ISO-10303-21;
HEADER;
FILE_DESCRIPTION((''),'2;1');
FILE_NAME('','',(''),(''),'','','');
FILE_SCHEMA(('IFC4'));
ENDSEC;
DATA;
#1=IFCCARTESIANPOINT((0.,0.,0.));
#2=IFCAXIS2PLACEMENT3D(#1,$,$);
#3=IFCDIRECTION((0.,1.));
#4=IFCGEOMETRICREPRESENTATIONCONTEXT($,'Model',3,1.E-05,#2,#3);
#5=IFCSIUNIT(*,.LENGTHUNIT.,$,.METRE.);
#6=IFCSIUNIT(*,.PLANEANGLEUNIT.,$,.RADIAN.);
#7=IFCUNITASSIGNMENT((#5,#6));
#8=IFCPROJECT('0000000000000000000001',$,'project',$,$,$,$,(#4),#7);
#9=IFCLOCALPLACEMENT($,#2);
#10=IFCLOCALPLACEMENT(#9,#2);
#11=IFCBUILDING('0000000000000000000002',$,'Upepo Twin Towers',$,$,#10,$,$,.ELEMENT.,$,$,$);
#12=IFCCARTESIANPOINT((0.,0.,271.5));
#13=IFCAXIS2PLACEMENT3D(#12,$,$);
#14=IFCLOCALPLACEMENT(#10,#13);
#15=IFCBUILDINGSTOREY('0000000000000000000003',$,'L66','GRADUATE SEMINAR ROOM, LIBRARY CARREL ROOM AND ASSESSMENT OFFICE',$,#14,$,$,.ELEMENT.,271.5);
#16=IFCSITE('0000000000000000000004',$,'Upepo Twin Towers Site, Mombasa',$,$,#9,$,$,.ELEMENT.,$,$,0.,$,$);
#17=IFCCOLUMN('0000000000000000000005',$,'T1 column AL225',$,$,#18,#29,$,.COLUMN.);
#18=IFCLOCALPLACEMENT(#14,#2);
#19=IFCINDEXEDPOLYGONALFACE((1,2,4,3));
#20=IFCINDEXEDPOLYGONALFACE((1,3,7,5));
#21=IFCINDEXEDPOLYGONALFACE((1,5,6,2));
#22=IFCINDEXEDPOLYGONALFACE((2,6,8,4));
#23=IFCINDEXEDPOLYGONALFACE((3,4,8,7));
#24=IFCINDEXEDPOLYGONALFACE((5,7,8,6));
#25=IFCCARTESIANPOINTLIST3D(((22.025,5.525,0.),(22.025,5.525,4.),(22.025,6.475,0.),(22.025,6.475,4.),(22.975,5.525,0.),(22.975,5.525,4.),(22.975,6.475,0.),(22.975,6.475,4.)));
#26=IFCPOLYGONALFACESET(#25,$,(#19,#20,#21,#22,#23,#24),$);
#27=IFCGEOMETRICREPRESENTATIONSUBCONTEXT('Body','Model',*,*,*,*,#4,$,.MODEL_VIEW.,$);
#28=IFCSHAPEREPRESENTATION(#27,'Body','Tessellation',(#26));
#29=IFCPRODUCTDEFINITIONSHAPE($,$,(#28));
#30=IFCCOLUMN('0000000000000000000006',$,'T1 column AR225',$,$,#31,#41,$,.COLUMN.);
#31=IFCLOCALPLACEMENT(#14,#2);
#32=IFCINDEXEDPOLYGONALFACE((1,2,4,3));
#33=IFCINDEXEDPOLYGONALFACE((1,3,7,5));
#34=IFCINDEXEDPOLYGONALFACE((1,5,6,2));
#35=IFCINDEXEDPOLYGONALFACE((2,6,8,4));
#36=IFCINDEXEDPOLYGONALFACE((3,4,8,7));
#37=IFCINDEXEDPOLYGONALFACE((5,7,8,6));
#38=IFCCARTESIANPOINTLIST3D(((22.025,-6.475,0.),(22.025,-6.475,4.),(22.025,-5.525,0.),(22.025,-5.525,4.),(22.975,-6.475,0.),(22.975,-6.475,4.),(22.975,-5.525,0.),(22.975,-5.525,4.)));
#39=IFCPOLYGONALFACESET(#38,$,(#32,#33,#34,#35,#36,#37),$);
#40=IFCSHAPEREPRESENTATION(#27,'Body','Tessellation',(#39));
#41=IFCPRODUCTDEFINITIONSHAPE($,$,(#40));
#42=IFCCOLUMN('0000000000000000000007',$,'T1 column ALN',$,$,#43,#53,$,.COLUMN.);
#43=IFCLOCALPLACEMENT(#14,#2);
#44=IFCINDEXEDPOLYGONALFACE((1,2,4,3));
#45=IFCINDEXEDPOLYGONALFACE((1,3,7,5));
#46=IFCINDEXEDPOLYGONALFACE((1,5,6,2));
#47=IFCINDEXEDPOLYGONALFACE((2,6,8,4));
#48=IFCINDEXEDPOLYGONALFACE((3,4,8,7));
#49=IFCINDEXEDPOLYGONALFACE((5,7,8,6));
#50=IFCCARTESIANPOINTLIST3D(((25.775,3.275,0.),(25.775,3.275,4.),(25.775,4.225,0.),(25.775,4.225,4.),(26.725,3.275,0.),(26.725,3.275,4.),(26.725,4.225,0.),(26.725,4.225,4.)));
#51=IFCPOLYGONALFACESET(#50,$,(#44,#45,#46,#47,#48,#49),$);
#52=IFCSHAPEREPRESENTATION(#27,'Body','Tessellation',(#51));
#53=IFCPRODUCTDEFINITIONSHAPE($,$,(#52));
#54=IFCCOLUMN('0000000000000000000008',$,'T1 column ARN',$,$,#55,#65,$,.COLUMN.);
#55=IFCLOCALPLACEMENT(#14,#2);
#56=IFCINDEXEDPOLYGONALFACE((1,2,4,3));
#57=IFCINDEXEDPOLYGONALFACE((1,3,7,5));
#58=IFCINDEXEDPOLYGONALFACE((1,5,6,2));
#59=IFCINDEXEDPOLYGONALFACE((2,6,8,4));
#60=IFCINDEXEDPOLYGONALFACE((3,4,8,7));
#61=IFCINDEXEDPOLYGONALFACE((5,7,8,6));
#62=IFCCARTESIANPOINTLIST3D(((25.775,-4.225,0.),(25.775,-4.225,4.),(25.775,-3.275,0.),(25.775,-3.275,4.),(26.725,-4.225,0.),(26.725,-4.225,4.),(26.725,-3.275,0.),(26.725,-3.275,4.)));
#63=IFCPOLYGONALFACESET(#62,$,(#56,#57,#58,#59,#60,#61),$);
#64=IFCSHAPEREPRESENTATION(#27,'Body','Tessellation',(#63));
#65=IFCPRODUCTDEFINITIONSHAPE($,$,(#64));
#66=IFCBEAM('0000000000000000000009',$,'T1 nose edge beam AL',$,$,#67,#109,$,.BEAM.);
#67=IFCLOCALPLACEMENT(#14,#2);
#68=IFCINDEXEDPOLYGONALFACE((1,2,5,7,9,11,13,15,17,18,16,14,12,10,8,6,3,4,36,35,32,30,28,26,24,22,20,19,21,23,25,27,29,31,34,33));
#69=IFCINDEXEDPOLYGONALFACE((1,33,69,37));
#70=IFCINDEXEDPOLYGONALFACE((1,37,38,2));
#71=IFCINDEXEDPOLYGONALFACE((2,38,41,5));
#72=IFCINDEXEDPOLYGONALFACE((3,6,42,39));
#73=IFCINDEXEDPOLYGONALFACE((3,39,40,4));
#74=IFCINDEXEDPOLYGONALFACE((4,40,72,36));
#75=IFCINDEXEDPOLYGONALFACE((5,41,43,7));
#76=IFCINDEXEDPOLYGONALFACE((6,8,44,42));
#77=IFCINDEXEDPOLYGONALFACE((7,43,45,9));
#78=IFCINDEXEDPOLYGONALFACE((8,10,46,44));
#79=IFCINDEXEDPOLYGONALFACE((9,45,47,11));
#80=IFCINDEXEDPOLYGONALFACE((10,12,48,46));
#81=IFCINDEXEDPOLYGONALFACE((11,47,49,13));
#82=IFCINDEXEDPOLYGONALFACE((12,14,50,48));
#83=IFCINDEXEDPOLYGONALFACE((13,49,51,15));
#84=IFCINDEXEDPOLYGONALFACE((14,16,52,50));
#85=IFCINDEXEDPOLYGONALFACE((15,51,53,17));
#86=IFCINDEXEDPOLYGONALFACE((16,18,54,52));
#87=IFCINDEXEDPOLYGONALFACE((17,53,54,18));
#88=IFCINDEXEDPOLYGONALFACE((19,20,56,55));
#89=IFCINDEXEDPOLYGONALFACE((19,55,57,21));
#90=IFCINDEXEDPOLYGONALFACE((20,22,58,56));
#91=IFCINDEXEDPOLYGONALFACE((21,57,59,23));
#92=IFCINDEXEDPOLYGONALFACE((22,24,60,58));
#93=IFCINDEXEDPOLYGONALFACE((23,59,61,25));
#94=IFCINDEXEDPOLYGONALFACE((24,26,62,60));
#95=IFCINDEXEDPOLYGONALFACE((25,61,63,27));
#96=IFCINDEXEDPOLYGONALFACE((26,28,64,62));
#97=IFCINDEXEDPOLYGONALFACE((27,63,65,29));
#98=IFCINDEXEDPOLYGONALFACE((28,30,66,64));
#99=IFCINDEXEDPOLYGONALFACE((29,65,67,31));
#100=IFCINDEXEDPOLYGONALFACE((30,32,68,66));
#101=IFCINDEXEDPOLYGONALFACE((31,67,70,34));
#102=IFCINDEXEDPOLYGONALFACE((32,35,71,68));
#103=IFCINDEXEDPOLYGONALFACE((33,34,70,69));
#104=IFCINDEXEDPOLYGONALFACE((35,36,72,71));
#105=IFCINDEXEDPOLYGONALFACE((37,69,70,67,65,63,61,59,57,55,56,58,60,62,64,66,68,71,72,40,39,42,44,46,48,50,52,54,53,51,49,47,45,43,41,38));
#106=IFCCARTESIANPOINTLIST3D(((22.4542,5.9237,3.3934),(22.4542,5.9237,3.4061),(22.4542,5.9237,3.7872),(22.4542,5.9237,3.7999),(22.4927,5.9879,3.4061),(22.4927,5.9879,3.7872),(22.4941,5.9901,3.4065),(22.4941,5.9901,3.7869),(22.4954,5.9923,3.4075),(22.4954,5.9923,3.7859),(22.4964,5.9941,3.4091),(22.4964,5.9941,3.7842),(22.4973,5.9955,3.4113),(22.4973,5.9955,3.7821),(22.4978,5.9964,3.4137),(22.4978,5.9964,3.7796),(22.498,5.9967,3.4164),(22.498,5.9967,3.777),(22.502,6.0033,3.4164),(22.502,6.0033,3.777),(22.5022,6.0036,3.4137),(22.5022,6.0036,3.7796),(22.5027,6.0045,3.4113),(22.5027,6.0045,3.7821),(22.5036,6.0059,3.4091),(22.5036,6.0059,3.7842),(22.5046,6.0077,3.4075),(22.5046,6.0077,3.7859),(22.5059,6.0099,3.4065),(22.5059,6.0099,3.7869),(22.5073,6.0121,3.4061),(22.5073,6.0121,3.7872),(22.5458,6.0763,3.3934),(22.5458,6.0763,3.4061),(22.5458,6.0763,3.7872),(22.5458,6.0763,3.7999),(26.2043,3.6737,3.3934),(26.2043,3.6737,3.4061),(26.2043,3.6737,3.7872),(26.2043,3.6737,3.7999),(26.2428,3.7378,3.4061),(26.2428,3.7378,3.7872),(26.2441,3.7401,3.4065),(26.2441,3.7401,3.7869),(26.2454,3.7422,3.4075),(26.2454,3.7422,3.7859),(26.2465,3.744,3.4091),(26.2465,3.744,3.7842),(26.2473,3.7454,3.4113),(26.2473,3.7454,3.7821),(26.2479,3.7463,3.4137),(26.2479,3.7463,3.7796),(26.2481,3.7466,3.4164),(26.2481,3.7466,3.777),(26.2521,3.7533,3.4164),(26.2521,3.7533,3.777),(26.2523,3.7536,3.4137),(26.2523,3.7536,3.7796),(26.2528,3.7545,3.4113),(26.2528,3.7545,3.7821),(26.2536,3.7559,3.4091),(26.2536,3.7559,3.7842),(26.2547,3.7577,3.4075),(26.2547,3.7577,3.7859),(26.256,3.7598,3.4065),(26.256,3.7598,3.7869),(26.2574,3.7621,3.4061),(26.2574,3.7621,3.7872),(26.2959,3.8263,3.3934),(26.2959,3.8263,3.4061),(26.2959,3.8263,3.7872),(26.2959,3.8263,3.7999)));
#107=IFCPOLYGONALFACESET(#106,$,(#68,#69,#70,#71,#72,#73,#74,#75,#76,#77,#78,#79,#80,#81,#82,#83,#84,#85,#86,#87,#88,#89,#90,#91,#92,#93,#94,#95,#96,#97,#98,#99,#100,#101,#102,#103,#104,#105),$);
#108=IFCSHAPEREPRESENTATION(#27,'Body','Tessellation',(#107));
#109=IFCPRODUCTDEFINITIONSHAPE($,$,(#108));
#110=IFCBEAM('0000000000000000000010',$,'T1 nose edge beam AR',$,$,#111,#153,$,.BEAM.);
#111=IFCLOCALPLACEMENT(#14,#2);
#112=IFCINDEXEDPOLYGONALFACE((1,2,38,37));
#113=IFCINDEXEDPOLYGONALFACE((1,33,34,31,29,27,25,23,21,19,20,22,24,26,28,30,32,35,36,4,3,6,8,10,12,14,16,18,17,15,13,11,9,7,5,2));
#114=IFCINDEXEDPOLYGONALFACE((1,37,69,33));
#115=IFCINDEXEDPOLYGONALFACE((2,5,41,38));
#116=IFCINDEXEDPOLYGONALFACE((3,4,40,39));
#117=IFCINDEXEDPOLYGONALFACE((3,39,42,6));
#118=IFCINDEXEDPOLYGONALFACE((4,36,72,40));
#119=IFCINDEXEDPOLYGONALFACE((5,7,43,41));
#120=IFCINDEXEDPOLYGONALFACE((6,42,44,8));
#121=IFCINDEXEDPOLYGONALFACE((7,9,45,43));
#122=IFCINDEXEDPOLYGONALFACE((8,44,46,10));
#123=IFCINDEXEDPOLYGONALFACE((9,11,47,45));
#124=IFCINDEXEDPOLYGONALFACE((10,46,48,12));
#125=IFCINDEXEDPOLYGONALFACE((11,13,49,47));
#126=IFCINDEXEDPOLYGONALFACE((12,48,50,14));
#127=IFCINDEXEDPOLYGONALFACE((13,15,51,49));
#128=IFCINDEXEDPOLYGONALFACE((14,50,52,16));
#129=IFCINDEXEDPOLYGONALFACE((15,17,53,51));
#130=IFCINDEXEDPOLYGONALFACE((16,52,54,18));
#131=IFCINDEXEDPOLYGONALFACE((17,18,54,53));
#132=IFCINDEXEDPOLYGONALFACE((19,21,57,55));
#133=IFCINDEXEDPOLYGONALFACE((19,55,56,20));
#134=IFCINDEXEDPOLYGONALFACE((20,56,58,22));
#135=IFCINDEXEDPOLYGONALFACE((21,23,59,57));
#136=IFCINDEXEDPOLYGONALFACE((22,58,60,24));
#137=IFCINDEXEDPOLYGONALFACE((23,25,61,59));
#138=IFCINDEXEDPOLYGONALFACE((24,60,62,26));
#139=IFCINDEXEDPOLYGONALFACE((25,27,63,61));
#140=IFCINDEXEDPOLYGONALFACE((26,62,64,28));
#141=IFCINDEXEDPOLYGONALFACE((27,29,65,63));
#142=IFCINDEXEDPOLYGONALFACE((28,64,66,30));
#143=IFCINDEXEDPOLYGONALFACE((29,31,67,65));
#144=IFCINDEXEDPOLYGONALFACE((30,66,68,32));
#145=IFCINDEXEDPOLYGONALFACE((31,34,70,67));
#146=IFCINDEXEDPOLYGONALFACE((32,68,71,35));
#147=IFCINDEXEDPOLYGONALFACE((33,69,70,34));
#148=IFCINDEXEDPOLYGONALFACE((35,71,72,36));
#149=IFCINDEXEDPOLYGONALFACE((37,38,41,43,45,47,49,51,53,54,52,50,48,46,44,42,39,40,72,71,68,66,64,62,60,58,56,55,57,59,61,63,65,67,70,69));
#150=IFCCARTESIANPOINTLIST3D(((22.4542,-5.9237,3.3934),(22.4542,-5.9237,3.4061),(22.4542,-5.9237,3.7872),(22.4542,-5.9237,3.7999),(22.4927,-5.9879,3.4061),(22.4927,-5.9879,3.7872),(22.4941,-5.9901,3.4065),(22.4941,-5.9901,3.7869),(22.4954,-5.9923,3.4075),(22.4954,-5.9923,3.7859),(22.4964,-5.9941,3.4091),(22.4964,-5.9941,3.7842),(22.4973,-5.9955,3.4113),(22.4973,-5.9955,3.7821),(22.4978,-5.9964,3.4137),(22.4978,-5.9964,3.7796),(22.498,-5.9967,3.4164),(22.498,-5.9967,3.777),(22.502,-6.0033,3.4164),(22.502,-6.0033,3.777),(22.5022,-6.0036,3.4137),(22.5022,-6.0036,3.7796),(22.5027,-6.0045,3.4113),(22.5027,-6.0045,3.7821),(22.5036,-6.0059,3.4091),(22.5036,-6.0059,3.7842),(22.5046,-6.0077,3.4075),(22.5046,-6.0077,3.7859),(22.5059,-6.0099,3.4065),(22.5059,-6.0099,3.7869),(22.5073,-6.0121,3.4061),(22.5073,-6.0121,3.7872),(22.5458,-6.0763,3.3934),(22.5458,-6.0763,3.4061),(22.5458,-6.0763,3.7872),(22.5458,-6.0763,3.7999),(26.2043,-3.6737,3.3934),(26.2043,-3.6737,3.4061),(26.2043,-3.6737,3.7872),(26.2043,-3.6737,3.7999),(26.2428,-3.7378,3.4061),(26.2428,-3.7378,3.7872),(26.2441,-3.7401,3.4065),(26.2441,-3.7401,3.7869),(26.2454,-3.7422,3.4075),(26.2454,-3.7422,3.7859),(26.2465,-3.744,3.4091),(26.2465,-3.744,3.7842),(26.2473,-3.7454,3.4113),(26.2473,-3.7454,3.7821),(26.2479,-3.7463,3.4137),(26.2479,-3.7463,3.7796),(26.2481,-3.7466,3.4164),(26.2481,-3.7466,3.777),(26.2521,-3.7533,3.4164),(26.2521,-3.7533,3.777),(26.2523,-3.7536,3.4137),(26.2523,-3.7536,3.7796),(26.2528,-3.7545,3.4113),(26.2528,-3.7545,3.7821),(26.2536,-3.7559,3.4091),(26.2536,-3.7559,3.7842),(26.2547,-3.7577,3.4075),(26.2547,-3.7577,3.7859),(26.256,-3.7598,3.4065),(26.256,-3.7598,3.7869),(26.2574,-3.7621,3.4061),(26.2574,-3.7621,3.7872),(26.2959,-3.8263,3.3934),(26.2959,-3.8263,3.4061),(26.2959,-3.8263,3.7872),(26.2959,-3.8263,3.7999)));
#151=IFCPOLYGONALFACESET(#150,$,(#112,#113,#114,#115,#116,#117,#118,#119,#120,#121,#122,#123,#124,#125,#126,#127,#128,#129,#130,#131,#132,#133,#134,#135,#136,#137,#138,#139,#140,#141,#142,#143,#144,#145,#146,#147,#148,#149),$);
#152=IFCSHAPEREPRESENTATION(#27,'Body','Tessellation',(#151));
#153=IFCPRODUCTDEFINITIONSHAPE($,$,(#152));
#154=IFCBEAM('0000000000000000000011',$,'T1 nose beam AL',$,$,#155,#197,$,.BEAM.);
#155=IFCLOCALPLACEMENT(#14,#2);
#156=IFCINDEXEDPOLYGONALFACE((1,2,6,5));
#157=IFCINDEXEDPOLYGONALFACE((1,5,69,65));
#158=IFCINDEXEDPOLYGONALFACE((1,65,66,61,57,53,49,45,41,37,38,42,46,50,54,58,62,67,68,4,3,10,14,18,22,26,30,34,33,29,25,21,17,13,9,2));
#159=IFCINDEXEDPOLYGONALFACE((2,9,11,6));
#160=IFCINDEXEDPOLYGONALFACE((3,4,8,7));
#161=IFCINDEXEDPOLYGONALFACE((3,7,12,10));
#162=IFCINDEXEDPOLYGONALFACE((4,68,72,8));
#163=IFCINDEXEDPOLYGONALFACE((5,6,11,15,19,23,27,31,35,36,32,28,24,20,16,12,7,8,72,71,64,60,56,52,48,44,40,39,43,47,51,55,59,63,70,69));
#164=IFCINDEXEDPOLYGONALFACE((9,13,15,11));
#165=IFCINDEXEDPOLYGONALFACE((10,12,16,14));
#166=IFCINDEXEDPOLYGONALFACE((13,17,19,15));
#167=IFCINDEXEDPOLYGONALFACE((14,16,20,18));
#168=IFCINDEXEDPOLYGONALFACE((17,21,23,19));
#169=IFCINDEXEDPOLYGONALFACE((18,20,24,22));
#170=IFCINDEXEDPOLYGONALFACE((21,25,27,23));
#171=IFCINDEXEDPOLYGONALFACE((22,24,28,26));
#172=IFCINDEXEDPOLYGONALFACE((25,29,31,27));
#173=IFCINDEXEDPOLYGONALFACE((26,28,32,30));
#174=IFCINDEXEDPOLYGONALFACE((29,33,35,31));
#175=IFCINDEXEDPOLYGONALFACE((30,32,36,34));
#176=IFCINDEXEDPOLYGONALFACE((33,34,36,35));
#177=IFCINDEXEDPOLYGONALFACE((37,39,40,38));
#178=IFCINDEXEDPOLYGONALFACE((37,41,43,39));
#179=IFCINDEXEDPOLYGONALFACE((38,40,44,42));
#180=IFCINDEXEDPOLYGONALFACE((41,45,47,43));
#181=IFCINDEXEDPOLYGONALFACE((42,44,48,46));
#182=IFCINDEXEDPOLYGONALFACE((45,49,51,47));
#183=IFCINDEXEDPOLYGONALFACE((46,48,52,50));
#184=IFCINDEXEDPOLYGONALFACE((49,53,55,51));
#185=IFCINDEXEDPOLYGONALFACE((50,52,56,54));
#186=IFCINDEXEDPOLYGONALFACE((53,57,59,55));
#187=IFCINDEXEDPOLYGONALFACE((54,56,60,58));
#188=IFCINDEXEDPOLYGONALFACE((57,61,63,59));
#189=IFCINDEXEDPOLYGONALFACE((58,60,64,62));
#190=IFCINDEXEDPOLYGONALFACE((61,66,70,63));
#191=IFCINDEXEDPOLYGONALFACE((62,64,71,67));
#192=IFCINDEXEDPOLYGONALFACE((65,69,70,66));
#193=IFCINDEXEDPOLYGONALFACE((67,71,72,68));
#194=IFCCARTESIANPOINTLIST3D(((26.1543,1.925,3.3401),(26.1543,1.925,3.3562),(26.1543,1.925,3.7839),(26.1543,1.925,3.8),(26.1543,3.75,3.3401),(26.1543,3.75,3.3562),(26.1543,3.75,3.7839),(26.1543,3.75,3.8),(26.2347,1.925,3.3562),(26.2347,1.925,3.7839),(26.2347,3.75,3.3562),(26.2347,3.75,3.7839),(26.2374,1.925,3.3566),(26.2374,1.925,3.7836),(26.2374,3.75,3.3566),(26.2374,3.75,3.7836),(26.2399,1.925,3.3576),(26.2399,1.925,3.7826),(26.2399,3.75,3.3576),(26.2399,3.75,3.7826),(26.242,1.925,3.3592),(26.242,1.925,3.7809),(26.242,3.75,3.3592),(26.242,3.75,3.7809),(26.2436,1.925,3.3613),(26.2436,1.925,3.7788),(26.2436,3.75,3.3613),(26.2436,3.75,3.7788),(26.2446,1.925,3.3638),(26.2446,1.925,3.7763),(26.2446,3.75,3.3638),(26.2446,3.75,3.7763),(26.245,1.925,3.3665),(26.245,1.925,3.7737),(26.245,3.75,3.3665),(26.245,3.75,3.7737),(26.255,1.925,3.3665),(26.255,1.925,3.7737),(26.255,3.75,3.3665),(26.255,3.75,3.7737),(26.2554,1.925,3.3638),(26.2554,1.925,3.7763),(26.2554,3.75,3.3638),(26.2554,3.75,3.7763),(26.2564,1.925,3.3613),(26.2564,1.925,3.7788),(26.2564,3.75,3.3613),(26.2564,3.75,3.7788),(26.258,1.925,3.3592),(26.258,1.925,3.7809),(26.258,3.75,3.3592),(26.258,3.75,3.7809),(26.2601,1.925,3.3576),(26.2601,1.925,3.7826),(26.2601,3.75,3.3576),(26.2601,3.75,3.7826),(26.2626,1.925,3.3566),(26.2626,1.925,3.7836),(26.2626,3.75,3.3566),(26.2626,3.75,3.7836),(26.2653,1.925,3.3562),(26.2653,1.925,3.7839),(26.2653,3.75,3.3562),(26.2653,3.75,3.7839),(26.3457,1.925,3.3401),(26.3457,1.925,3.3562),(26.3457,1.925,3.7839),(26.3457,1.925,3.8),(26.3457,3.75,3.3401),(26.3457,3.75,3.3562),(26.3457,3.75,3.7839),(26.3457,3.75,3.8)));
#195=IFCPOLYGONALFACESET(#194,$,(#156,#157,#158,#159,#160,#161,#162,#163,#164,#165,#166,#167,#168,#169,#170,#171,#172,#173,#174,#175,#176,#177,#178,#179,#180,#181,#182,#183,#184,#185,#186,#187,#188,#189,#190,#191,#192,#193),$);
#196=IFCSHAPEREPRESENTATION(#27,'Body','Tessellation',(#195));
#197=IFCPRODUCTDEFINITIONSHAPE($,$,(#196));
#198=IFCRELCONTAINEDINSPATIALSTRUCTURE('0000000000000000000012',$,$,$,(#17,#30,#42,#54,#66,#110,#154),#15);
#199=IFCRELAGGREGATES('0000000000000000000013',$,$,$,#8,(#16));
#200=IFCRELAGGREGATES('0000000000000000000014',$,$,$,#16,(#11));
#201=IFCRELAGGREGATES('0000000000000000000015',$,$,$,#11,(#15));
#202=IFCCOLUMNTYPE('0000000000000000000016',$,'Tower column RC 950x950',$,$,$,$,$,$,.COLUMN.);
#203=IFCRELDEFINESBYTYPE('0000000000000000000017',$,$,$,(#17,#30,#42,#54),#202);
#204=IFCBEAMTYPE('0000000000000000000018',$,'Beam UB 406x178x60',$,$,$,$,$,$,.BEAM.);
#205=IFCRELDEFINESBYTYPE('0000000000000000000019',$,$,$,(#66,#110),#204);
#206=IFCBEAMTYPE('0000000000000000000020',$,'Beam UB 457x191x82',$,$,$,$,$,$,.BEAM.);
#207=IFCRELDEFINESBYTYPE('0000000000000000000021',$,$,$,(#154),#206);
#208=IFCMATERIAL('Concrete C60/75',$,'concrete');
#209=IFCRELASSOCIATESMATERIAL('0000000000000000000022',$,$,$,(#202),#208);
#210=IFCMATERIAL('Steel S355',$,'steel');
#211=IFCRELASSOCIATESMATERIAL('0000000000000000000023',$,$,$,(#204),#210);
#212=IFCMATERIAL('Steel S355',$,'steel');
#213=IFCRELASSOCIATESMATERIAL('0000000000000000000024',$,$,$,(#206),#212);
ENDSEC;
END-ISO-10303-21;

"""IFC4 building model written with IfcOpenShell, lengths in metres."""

from ifc_helpers import new_model, si_unit, direction, frame, origin, origin_2d, place, context, subcontext, project, spatial, rectangle, i_section, extrude, material, material_profile, profile_set, type_object, element, save


model = new_model("IFC4")

# Units and contexts
model_context = context("Model", 3, precision=1e-05, world=origin(), true_north=direction((0.0, 1.0)))
body_context = subcontext(model_context, "Body", "Model", "MODEL_VIEW")
ifc_project = project(units=[si_unit("LENGTHUNIT", "METRE"), si_unit("PLANEANGLEUNIT", "RADIAN")], contexts=[model_context])

# Site, building, storey
site_placement = place(None, origin())
site = spatial("IfcSite", under=ifc_project, at=site_placement, Name="Upepo Twin Towers Site, Mombasa", CompositionType="ELEMENT", RefElevation=0.0)
building_placement = place(site_placement, origin())
building = spatial("IfcBuilding", under=site, at=building_placement, Name="Upepo Twin Towers", CompositionType="ELEMENT")
storey_placement = place(building_placement, frame((0.0, 0.0, 271.5)))
storey = spatial("IfcBuildingStorey", under=building, at=storey_placement, Name="L66", Description="GRADUATE SEMINAR ROOM, LIBRARY CARREL ROOM AND ASSESSMENT OFFICE", CompositionType="ELEMENT", Elevation=271.5)

# Columns
ifc_material_1 = material(Name="Concrete C60/75", Category="concrete")
ifc_material_profile_1 = material_profile(ifc_material_1, rectangle(XDim=0.95, YDim=0.95, at=origin_2d()), Name="RC 950x950")
ifc_profile_set_1 = profile_set([ifc_material_profile_1], Name="Concrete C60/75")
column_type = type_object("IfcColumnType", Name="Tower column RC 950x950", PredefinedType="COLUMN", material=ifc_profile_set_1)
for number, where, z_axis, x_axis, name in (
    (1, (22.5, 6.0, 0.0), (0.0, 0.0, 1.0), (1.0, 0.0, 0.0), "T1 column AL225"),
    (2, (22.5, -6.0, 0.0), (0.0, 0.0, 1.0), (1.0, 0.0, 0.0), "T1 column AR225"),
    (3, (26.25, 3.75, 0.0), (0.0, 0.0, 1.0), (1.0, 0.0, 0.0), "T1 column ALN"),
    (4, (26.25, -3.75, 0.0), (0.0, 0.0, 1.0), (1.0, 0.0, 0.0), "T1 column ARN"),
):
    element("IfcColumn", number, at=place(storey_placement, frame(where, z_axis=z_axis, x_axis=x_axis)), inside=storey, type_object=column_type, Name=name, PredefinedType="COLUMN", context=body_context, shape_type="SweptSolid", body=[
        extrude(rectangle(XDim=0.95, YDim=0.95, at=origin_2d()), origin(), (0.0, 0.0, 1.0), 4.0),
    ])

# Beams
ifc_material_2 = material(Name="Steel S355", Category="steel")
ifc_material_profile_2 = material_profile(ifc_material_2, i_section(OverallWidth=0.178, OverallDepth=0.4065, WebThickness=0.0078, FlangeThickness=0.0127, FilletRadius=0.0103, at=origin_2d()), Name="UB 406x178x60")
ifc_profile_set_2 = profile_set([ifc_material_profile_2], Name="Steel S355")
beam_type_1 = type_object("IfcBeamType", Name="Beam UB 406x178x60", PredefinedType="BEAM", material=ifc_profile_set_2)
for number, where, z_axis, x_axis, name in (
    (5, (22.5, 6.0, 3.5967), (0.857493, -0.514496, 0.0), (0.514496, 0.857493, 0.0), "T1 nose edge beam AL"),
    (6, (22.5, -6.0, 3.5967), (0.857493, 0.514496, 0.0), (-0.514496, 0.857493, 0.0), "T1 nose edge beam AR"),
):
    element("IfcBeam", number, at=place(storey_placement, frame(where, z_axis=z_axis, x_axis=x_axis)), inside=storey, type_object=beam_type_1, Name=name, PredefinedType="BEAM", context=body_context, shape_type="SweptSolid", body=[
        extrude(i_section(OverallWidth=0.178, OverallDepth=0.4065, WebThickness=0.0078, FlangeThickness=0.0127, FilletRadius=0.0103, at=origin_2d()), origin(), (0.0, 0.0, 1.0), 4.3733),
    ])
ifc_material_3 = material(Name="Steel S355", Category="steel")
ifc_material_profile_3 = material_profile(ifc_material_3, i_section(OverallWidth=0.1914, OverallDepth=0.46, WebThickness=0.01, FlangeThickness=0.0161, FilletRadius=0.0103, at=origin_2d()), Name="UB 457x191x82")
ifc_profile_set_3 = profile_set([ifc_material_profile_3], Name="Steel S355")
beam_type_2 = type_object("IfcBeamType", Name="Beam UB 457x191x82", PredefinedType="BEAM", material=ifc_profile_set_3)
for number, where, z_axis, x_axis, name in (
    (7, (26.25, 3.75, 3.5701), (0.0, -1.0, 0.0), (1.0, 0.0, 0.0), "T1 nose beam AL"),
):
    element("IfcBeam", number, at=place(storey_placement, frame(where, z_axis=z_axis, x_axis=x_axis)), inside=storey, type_object=beam_type_2, Name=name, PredefinedType="BEAM", context=body_context, shape_type="SweptSolid", body=[
        extrude(i_section(OverallWidth=0.1914, OverallDepth=0.46, WebThickness=0.01, FlangeThickness=0.0161, FilletRadius=0.0103, at=origin_2d()), origin(), (0.0, 0.0, 1.0), 1.825),
    ])

save(model, "model.ifc")
